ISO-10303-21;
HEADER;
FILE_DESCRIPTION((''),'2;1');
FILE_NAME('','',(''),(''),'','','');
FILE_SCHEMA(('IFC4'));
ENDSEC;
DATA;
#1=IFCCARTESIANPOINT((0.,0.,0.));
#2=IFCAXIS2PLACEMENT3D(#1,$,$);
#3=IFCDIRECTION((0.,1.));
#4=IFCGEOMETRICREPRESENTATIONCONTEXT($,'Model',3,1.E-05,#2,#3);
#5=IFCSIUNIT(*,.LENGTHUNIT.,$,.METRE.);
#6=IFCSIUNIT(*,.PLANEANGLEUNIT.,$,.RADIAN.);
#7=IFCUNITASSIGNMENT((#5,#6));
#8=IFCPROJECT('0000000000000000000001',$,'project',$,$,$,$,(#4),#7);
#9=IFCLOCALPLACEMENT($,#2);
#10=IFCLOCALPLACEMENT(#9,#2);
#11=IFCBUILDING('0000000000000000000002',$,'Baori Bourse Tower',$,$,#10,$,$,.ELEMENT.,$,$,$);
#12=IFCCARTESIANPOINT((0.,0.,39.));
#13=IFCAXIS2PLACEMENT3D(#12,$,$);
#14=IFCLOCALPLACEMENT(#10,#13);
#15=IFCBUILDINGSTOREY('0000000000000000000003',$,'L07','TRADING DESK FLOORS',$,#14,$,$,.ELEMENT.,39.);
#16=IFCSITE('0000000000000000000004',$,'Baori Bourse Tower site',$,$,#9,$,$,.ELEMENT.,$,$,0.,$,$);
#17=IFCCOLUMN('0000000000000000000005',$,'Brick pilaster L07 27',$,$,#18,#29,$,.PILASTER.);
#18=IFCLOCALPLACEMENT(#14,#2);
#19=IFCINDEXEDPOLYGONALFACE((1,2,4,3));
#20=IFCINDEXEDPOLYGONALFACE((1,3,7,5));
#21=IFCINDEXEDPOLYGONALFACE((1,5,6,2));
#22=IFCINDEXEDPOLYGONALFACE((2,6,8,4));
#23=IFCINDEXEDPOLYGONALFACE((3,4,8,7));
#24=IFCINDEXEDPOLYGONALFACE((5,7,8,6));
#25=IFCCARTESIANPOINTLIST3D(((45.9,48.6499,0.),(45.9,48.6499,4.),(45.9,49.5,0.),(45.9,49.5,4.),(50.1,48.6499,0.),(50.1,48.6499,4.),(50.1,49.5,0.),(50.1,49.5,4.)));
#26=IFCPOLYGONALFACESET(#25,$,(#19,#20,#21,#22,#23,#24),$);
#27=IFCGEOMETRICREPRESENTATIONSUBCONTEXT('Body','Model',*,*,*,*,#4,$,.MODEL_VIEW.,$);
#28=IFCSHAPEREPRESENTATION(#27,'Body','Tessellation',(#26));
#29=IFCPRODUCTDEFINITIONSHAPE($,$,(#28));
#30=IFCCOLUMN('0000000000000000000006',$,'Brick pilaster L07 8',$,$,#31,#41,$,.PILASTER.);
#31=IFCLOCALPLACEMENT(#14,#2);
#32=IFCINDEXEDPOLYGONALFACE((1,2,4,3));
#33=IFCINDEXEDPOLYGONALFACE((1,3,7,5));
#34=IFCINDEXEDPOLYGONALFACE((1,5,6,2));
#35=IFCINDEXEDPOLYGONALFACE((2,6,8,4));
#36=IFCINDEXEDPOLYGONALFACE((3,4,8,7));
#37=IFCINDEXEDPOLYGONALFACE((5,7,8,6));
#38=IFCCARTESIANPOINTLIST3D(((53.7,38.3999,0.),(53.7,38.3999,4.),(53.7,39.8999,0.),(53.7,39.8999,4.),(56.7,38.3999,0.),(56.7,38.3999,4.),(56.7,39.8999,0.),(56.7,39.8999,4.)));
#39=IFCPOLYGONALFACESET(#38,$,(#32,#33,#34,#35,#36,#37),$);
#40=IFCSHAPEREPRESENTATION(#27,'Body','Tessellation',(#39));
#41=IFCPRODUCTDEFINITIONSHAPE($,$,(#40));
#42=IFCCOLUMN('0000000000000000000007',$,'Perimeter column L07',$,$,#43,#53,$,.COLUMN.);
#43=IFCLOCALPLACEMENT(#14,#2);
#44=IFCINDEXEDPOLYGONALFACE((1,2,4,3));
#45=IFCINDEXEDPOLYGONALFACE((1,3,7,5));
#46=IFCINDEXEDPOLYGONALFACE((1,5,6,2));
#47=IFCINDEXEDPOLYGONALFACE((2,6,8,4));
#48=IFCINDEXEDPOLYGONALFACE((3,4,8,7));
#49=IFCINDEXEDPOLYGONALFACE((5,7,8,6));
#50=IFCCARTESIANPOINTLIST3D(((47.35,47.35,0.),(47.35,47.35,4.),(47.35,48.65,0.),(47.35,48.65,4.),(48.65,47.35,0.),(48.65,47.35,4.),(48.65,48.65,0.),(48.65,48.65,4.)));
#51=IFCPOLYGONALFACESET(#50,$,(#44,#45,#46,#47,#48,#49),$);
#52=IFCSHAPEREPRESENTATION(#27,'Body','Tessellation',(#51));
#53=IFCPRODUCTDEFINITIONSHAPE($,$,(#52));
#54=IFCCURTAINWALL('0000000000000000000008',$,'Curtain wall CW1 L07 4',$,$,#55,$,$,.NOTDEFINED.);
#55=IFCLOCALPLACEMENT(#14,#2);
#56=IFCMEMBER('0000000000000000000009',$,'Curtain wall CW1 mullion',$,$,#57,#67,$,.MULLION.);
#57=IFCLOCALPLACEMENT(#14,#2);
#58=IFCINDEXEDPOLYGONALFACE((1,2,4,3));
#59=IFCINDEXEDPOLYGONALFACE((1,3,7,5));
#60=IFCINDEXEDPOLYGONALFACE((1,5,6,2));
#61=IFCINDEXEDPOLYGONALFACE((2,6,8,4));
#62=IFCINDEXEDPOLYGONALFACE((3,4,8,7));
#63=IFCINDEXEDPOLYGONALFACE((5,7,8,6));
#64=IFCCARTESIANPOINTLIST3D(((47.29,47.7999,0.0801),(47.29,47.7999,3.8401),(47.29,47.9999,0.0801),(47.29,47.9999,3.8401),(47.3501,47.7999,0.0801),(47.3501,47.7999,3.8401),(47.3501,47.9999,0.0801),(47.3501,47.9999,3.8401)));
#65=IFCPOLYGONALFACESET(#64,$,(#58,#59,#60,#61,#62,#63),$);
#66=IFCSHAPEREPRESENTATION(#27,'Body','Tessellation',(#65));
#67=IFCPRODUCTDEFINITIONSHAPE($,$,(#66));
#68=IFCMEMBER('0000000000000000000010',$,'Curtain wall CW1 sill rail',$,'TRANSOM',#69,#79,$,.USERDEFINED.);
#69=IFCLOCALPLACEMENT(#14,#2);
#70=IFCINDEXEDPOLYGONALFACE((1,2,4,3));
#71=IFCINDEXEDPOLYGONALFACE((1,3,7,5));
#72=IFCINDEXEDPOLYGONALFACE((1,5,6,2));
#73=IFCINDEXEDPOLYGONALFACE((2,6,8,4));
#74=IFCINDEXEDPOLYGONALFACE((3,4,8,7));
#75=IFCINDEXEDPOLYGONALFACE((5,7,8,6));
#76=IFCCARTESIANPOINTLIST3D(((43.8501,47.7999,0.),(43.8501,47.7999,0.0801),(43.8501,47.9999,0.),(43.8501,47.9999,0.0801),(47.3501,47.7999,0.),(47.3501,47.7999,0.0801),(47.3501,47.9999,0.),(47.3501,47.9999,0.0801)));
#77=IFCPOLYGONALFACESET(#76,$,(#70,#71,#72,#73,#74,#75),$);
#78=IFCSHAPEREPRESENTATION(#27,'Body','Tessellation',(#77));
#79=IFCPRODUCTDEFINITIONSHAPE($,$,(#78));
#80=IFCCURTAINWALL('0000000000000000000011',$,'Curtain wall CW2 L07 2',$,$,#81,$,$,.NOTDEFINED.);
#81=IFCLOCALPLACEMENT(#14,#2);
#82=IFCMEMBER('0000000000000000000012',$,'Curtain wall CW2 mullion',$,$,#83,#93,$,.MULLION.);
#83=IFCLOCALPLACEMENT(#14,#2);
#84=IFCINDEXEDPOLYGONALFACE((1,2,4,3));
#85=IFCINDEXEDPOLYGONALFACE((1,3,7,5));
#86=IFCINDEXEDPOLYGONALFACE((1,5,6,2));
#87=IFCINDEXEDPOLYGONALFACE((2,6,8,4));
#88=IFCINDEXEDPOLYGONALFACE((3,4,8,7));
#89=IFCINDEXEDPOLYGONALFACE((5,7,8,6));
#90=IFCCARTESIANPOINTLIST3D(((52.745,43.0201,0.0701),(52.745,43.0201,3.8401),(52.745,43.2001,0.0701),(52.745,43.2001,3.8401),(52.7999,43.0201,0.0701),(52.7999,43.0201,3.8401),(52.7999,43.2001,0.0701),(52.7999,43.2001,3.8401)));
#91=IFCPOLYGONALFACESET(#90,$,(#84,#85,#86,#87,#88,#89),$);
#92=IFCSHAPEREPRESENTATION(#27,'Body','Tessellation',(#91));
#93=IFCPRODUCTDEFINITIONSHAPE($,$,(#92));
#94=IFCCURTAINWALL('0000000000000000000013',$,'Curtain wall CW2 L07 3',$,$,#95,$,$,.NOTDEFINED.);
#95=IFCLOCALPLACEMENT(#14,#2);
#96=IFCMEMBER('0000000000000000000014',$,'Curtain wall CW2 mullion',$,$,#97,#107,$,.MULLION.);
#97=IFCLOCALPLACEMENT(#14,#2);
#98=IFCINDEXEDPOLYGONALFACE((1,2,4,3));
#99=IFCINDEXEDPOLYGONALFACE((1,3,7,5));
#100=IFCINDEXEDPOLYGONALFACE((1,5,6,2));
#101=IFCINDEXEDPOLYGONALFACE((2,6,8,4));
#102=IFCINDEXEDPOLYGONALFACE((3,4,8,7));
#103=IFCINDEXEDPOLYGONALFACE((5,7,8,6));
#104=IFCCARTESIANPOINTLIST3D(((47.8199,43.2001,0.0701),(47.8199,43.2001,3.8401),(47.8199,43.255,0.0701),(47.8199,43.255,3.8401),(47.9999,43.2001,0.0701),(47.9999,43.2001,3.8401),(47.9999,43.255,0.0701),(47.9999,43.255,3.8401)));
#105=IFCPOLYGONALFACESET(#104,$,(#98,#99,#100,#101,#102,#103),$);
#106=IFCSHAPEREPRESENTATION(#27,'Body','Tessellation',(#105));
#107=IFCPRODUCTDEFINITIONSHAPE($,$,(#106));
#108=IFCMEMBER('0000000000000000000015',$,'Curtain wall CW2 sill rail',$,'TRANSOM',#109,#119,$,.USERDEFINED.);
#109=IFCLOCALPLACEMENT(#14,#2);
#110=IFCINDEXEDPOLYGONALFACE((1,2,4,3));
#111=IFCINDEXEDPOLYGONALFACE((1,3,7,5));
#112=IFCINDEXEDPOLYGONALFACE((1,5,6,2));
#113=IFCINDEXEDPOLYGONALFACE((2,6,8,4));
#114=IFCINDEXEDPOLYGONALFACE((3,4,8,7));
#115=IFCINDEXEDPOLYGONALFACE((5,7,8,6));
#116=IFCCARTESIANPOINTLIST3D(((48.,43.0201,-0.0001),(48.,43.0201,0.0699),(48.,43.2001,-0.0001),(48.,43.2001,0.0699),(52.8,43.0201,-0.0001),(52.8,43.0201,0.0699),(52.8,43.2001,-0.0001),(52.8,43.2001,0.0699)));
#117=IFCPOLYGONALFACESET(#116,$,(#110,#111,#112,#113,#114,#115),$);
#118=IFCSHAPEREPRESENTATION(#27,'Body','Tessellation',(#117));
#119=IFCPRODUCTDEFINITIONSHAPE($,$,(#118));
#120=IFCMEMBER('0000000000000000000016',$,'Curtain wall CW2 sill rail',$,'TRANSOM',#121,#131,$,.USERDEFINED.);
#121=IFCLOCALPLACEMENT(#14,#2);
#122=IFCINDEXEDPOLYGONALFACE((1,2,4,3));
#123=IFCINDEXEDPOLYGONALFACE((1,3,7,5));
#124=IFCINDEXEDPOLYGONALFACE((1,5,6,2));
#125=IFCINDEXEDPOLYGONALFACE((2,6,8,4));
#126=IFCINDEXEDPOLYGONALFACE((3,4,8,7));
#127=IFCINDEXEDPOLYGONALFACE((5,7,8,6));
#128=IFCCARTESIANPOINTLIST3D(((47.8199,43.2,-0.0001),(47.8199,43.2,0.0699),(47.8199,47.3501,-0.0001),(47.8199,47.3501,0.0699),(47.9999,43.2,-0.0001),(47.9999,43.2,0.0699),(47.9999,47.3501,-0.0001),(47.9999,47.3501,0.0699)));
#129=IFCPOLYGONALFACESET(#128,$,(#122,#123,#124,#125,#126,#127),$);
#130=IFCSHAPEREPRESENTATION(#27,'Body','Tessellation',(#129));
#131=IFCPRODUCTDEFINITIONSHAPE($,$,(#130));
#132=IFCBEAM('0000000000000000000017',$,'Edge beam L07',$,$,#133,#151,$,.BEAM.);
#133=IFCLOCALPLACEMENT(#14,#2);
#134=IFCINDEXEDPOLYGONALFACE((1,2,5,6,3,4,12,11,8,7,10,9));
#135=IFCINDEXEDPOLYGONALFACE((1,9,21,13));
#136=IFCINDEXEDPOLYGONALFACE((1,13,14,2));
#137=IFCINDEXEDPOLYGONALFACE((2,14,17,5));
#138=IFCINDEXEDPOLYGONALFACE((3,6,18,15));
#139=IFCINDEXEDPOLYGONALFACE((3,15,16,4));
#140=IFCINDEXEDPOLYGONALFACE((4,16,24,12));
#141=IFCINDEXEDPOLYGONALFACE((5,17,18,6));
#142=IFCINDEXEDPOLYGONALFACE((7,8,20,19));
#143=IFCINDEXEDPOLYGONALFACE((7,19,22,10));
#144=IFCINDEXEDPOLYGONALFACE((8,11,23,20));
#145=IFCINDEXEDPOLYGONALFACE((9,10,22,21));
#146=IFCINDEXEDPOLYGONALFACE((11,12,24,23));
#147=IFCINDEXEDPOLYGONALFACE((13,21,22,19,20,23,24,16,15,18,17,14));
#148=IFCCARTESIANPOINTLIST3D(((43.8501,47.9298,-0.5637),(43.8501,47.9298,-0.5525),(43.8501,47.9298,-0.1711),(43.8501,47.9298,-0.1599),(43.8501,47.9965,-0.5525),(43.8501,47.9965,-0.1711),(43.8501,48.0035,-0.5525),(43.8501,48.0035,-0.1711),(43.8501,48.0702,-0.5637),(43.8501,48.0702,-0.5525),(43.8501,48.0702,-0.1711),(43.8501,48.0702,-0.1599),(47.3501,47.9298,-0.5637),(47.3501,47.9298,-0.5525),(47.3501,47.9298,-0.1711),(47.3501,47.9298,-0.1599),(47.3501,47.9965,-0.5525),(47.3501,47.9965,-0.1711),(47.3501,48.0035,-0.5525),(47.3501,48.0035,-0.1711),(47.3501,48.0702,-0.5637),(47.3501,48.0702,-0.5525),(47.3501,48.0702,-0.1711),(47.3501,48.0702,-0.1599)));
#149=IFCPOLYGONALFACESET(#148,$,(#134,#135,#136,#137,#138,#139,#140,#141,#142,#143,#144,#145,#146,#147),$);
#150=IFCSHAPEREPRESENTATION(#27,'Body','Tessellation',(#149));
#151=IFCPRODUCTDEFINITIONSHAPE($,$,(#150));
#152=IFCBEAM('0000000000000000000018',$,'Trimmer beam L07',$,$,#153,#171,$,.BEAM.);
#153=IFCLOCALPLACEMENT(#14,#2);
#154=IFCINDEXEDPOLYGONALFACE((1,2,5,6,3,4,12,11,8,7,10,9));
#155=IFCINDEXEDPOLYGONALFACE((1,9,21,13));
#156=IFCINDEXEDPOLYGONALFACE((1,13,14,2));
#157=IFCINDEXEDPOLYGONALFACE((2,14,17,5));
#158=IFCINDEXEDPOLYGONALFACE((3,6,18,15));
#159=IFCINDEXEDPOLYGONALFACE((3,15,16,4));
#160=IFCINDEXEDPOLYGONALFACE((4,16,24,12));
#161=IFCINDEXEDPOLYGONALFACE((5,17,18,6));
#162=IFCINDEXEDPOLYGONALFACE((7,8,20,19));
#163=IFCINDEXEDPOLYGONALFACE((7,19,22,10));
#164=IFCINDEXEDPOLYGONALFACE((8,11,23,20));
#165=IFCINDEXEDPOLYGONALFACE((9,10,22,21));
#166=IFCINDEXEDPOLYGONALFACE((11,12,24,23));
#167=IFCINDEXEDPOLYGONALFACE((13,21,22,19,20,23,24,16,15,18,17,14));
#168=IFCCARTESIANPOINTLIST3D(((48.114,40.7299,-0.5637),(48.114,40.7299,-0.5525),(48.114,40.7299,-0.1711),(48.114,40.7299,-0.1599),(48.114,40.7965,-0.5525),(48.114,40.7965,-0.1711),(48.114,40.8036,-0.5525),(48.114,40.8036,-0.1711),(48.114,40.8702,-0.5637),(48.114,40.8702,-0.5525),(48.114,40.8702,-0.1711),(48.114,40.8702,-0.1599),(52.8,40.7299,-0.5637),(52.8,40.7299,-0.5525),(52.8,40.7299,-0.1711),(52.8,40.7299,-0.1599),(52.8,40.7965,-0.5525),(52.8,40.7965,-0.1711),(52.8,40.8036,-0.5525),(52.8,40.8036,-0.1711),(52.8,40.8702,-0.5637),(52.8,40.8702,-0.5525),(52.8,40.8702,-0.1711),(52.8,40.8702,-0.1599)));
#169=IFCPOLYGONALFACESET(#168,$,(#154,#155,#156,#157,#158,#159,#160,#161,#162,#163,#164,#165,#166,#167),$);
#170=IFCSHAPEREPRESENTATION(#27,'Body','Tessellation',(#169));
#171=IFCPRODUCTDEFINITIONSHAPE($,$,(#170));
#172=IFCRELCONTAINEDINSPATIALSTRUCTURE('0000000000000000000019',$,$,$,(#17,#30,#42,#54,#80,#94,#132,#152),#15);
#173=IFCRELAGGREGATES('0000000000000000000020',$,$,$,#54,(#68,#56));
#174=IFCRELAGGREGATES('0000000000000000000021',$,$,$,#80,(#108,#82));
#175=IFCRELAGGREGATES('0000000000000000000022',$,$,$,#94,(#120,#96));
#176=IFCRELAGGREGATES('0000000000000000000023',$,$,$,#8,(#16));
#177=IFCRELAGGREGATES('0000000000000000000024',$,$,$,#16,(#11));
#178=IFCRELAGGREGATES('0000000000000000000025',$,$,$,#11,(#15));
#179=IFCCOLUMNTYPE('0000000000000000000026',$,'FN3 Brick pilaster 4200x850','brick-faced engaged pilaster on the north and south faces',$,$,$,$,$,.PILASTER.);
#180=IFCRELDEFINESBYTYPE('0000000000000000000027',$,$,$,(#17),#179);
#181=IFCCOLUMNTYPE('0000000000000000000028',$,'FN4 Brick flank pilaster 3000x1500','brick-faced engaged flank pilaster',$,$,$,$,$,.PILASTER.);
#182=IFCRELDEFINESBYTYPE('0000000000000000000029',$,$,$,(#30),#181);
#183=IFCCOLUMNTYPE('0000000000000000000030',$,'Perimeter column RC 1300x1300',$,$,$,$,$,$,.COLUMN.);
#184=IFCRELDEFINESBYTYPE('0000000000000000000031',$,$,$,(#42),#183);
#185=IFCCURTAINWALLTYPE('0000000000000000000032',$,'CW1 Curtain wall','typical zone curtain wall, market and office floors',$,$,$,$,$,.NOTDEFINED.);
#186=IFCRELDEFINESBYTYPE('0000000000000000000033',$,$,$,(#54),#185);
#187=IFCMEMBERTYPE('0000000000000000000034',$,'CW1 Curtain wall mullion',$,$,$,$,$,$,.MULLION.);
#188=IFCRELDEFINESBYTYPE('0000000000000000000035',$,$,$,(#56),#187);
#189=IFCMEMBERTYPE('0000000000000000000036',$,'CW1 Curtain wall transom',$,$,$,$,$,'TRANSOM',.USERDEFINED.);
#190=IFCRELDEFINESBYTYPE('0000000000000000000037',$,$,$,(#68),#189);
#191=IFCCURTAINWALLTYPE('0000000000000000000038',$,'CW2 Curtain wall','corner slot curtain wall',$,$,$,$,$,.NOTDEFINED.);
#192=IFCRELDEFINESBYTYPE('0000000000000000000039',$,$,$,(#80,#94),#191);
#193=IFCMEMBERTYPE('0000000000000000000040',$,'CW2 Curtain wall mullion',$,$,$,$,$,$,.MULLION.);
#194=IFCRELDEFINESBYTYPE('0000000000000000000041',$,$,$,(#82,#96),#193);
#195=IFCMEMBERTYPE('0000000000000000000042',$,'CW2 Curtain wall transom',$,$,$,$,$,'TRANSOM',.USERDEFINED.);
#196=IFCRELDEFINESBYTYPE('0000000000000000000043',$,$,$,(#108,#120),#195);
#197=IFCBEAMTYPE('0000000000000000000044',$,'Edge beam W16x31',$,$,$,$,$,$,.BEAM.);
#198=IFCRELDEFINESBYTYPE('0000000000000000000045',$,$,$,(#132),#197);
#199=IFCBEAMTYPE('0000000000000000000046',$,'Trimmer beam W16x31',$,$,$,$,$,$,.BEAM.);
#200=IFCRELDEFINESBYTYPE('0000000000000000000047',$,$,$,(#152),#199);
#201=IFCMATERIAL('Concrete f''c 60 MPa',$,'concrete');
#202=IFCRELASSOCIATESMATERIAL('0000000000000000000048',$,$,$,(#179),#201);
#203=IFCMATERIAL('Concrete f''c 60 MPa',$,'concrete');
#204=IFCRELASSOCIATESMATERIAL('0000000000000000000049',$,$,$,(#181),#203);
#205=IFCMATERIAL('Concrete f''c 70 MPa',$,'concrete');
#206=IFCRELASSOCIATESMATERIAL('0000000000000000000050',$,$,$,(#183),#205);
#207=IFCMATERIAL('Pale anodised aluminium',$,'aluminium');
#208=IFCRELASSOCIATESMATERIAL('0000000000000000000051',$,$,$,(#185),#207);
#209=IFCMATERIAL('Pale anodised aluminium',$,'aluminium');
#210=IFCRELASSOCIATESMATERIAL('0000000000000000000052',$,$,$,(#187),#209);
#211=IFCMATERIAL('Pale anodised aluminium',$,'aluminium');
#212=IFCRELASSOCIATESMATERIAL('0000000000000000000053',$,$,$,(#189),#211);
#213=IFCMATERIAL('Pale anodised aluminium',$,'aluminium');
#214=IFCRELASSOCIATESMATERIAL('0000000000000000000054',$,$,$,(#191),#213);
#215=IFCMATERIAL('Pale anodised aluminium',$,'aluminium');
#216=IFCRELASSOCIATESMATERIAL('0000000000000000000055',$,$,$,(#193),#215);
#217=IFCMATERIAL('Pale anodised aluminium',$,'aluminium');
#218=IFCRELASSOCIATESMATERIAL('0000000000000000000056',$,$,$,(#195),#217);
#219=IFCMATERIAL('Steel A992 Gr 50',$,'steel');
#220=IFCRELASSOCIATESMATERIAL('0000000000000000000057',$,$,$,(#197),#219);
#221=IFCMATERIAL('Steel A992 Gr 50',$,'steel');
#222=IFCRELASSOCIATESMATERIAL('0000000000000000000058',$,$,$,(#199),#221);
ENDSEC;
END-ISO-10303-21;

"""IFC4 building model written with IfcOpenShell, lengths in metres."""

from ifc_helpers import new_model, si_unit, direction, frame, origin, origin_2d, place, context, subcontext, project, spatial, rectangle, i_section, extrude, material, material_profile, profile_set, type_object, element, aggregate, save


model = new_model("IFC4")

# Units and contexts
model_context = context("Model", 3, precision=1e-05, world=origin(), true_north=direction((0.0, 1.0)))
body_context = subcontext(model_context, "Body", "Model", "MODEL_VIEW")
ifc_project = project(units=[si_unit("LENGTHUNIT", "METRE"), si_unit("PLANEANGLEUNIT", "RADIAN")], contexts=[model_context])

# Site, building, storey
site_placement = place(None, origin())
site = spatial("IfcSite", under=ifc_project, at=site_placement, Name="Baori Bourse Tower site", CompositionType="ELEMENT", RefElevation=0.0)
building_placement = place(site_placement, origin())
building = spatial("IfcBuilding", under=site, at=building_placement, Name="Baori Bourse Tower", CompositionType="ELEMENT")
storey_placement = place(building_placement, frame((0.0, 0.0, 39.0)))
storey = spatial("IfcBuildingStorey", under=building, at=storey_placement, Name="L07", Description="TRADING DESK FLOORS", CompositionType="ELEMENT", Elevation=39.0)

# Columns
ifc_material_1 = material(Name="Concrete f'c 60 MPa", Category="concrete")
ifc_material_profile_1 = material_profile(ifc_material_1, rectangle(XDim=4.2, YDim=0.8501, at=origin_2d()), Name="RC 4200x850")
ifc_profile_set_1 = profile_set([ifc_material_profile_1], Name="Concrete f'c 60 MPa")
column_type_1 = type_object("IfcColumnType", Name="FN3 Brick pilaster 4200x850", Description="brick-faced engaged pilaster on the north and south faces", PredefinedType="PILASTER", material=ifc_profile_set_1)
column_1_placement = place(storey_placement, frame((48.0, 49.075, 0.0), z_axis=(0.0, 0.0, 1.0), x_axis=(1.0, 0.0, 0.0)))
element("IfcColumn", 1, at=column_1_placement, inside=storey, type_object=column_type_1, Name="Brick pilaster L07 27", PredefinedType="PILASTER", context=body_context, shape_type="SweptSolid", body=[
    extrude(rectangle(XDim=4.2, YDim=0.8501, at=origin_2d()), origin(), (0.0, 0.0, 1.0), 4.0),
])
ifc_material_2 = material(Name="Concrete f'c 60 MPa", Category="concrete")
ifc_material_profile_2 = material_profile(ifc_material_2, rectangle(XDim=3.0, YDim=1.5, at=origin_2d()), Name="RC 3000x1500")
ifc_profile_set_2 = profile_set([ifc_material_profile_2], Name="Concrete f'c 60 MPa")
column_type_2 = type_object("IfcColumnType", Name="FN4 Brick flank pilaster 3000x1500", Description="brick-faced engaged flank pilaster", PredefinedType="PILASTER", material=ifc_profile_set_2)
column_2_placement = place(storey_placement, frame((55.2, 39.1499, 0.0), z_axis=(0.0, 0.0, 1.0), x_axis=(1.0, 0.0, 0.0)))
element("IfcColumn", 2, at=column_2_placement, inside=storey, type_object=column_type_2, Name="Brick pilaster L07 8", PredefinedType="PILASTER", context=body_context, shape_type="SweptSolid", body=[
    extrude(rectangle(XDim=3.0, YDim=1.5, at=origin_2d()), origin(), (0.0, 0.0, 1.0), 4.0),
])
ifc_material_3 = material(Name="Concrete f'c 70 MPa", Category="concrete")
ifc_material_profile_3 = material_profile(ifc_material_3, rectangle(XDim=1.3, YDim=1.3, at=origin_2d()), Name="RC 1300x1300")
ifc_profile_set_3 = profile_set([ifc_material_profile_3], Name="Concrete f'c 70 MPa")
column_type_3 = type_object("IfcColumnType", Name="Perimeter column RC 1300x1300", PredefinedType="COLUMN", material=ifc_profile_set_3)
column_3_placement = place(storey_placement, frame((48.0, 48.0, 0.0), z_axis=(0.0, 0.0, 1.0), x_axis=(1.0, 0.0, 0.0)))
element("IfcColumn", 3, at=column_3_placement, inside=storey, type_object=column_type_3, Name="Perimeter column L07", PredefinedType="COLUMN", context=body_context, shape_type="SweptSolid", body=[
    extrude(rectangle(XDim=1.3, YDim=1.3, at=origin_2d()), origin(), (0.0, 0.0, 1.0), 4.0),
])

# Curtain wall, members
ifc_material_4 = material(Name="Pale anodised aluminium", Category="aluminium")
curtain_wall_type_1 = type_object("IfcCurtainWallType", Name="CW1 Curtain wall", Description="typical zone curtain wall, market and office floors", PredefinedType="NOTDEFINED", material=ifc_material_4)
curtain_wall_1_placement = place(storey_placement, origin())
curtain_wall_1 = element("IfcCurtainWall", 4, at=curtain_wall_1_placement, inside=storey, type_object=curtain_wall_type_1, Name="Curtain wall CW1 L07 4", PredefinedType="NOTDEFINED")
ifc_material_5 = material(Name="Pale anodised aluminium", Category="aluminium")
ifc_material_profile_4 = material_profile(ifc_material_5, rectangle(XDim=0.2, YDim=0.0601, at=origin_2d()), Name="Mullion 60x200")
ifc_profile_set_4 = profile_set([ifc_material_profile_4], Name="Pale anodised aluminium")
member_type_1 = type_object("IfcMemberType", Name="CW1 Curtain wall mullion", PredefinedType="MULLION", material=ifc_profile_set_4)
member_1_placement = place(storey_placement, frame((47.3201, 47.8999, 0.0801), z_axis=(0.0, 0.0, 1.0), x_axis=(0.0, -1.0, 0.0)))
member_1 = element("IfcMember", 5, at=member_1_placement, type_object=member_type_1, Name="Curtain wall CW1 mullion", PredefinedType="MULLION", context=body_context, shape_type="SweptSolid", body=[
    extrude(rectangle(XDim=0.2, YDim=0.0601, at=origin_2d()), origin(), (0.0, 0.0, 1.0), 3.76),
])
ifc_material_6 = material(Name="Pale anodised aluminium", Category="aluminium")
ifc_material_profile_5 = material_profile(ifc_material_6, rectangle(XDim=0.2, YDim=0.0801, at=origin_2d()), Name="Transom 80x200")
ifc_profile_set_5 = profile_set([ifc_material_profile_5], Name="Pale anodised aluminium")
member_type_2 = type_object("IfcMemberType", Name="CW1 Curtain wall transom", ElementType="TRANSOM", PredefinedType="USERDEFINED", material=ifc_profile_set_5)
member_2_placement = place(storey_placement, frame((47.3501, 47.8999, 0.04), z_axis=(-1.0, 0.0, 0.0), x_axis=(0.0, -1.0, 0.0)))
member_2 = element("IfcMember", 6, at=member_2_placement, type_object=member_type_2, Name="Curtain wall CW1 sill rail", ObjectType="TRANSOM", PredefinedType="USERDEFINED", context=body_context, shape_type="SweptSolid", body=[
    extrude(rectangle(XDim=0.2, YDim=0.0801, at=origin_2d()), origin(), (0.0, 0.0, 1.0), 3.5),
])

# Curtain walls, members
ifc_material_7 = material(Name="Pale anodised aluminium", Category="aluminium")
curtain_wall_type_2 = type_object("IfcCurtainWallType", Name="CW2 Curtain wall", Description="corner slot curtain wall", PredefinedType="NOTDEFINED", material=ifc_material_7)
curtain_wall_2_placement = place(storey_placement, origin())
curtain_wall_2 = element("IfcCurtainWall", 7, at=curtain_wall_2_placement, inside=storey, type_object=curtain_wall_type_2, Name="Curtain wall CW2 L07 2", PredefinedType="NOTDEFINED")
ifc_material_8 = material(Name="Pale anodised aluminium", Category="aluminium")
ifc_material_profile_6 = material_profile(ifc_material_8, rectangle(XDim=0.1799, YDim=0.0549, at=origin_2d()), Name="Mullion 55x180")
ifc_profile_set_6 = profile_set([ifc_material_profile_6], Name="Pale anodised aluminium")
member_type_3 = type_object("IfcMemberType", Name="CW2 Curtain wall mullion", PredefinedType="MULLION", material=ifc_profile_set_6)
member_3_placement = place(storey_placement, frame((52.7725, 43.1101, 0.0701), z_axis=(0.0, 0.0, 1.0), x_axis=(0.0, -1.0, 0.0)))
member_3 = element("IfcMember", 8, at=member_3_placement, type_object=member_type_3, Name="Curtain wall CW2 mullion", PredefinedType="MULLION", context=body_context, shape_type="SweptSolid", body=[
    extrude(rectangle(XDim=0.1799, YDim=0.0549, at=origin_2d()), origin(), (0.0, 0.0, 1.0), 3.77),
])
curtain_wall_3_placement = place(storey_placement, origin())
curtain_wall_3 = element("IfcCurtainWall", 9, at=curtain_wall_3_placement, inside=storey, type_object=curtain_wall_type_2, Name="Curtain wall CW2 L07 3", PredefinedType="NOTDEFINED")
member_4_placement = place(storey_placement, frame((47.9099, 43.2275, 0.0701), z_axis=(0.0, 0.0, 1.0), x_axis=(-1.0, 0.0, 0.0)))
member_4 = element("IfcMember", 10, at=member_4_placement, type_object=member_type_3, Name="Curtain wall CW2 mullion", PredefinedType="MULLION", context=body_context, shape_type="SweptSolid", body=[
    extrude(rectangle(XDim=0.1799, YDim=0.0549, at=origin_2d()), origin(), (0.0, 0.0, 1.0), 3.77),
])

# Members
ifc_material_9 = material(Name="Pale anodised aluminium", Category="aluminium")
ifc_material_profile_7 = material_profile(ifc_material_9, rectangle(XDim=0.1799, YDim=0.0701, at=origin_2d()), Name="Transom 70x180")
ifc_profile_set_7 = profile_set([ifc_material_profile_7], Name="Pale anodised aluminium")
member_type_4 = type_object("IfcMemberType", Name="CW2 Curtain wall transom", ElementType="TRANSOM", PredefinedType="USERDEFINED", material=ifc_profile_set_7)
member_5_placement = place(storey_placement, frame((52.8, 43.1101, 0.0349), z_axis=(-1.0, 0.0, 0.0), x_axis=(0.0, -1.0, 0.0)))
member_5 = element("IfcMember", 11, at=member_5_placement, type_object=member_type_4, Name="Curtain wall CW2 sill rail", ObjectType="TRANSOM", PredefinedType="USERDEFINED", context=body_context, shape_type="SweptSolid", body=[
    extrude(rectangle(XDim=0.1799, YDim=0.0701, at=origin_2d()), origin(), (0.0, 0.0, 1.0), 4.8),
])
member_6_placement = place(storey_placement, frame((47.9099, 43.2, 0.0349), z_axis=(0.0, 1.0, 0.0), x_axis=(-1.0, 0.0, 0.0)))
member_6 = element("IfcMember", 12, at=member_6_placement, type_object=member_type_4, Name="Curtain wall CW2 sill rail", ObjectType="TRANSOM", PredefinedType="USERDEFINED", context=body_context, shape_type="SweptSolid", body=[
    extrude(rectangle(XDim=0.1799, YDim=0.0701, at=origin_2d()), origin(), (0.0, 0.0, 1.0), 4.1501),
])

# Beams
ifc_material_10 = material(Name="Steel A992 Gr 50", Category="steel")
ifc_material_profile_8 = material_profile(ifc_material_10, i_section(OverallWidth=0.1404, OverallDepth=0.4038, WebThickness=0.0071, FlangeThickness=0.0112, at=origin_2d()), Name="W16x31")
ifc_profile_set_8 = profile_set([ifc_material_profile_8], Name="Steel A992 Gr 50")
beam_type_1 = type_object("IfcBeamType", Name="Edge beam W16x31", PredefinedType="BEAM", material=ifc_profile_set_8)
beam_1_placement = place(storey_placement, frame((43.8501, 48.0, -0.3618), z_axis=(1.0, 0.0, 0.0), x_axis=(0.0, 1.0, 0.0)))
element("IfcBeam", 13, at=beam_1_placement, inside=storey, type_object=beam_type_1, Name="Edge beam L07", PredefinedType="BEAM", context=body_context, shape_type="SweptSolid", body=[
    extrude(i_section(OverallWidth=0.1404, OverallDepth=0.4038, WebThickness=0.0071, FlangeThickness=0.0112, at=origin_2d()), origin(), (0.0, 0.0, 1.0), 3.5),
])
ifc_material_11 = material(Name="Steel A992 Gr 50", Category="steel")
ifc_material_profile_9 = material_profile(ifc_material_11, i_section(OverallWidth=0.1404, OverallDepth=0.4038, WebThickness=0.0071, FlangeThickness=0.0112, at=origin_2d()), Name="W16x31")
ifc_profile_set_9 = profile_set([ifc_material_profile_9], Name="Steel A992 Gr 50")
beam_type_2 = type_object("IfcBeamType", Name="Trimmer beam W16x31", PredefinedType="BEAM", material=ifc_profile_set_9)
beam_2_placement = place(storey_placement, frame((48.114, 40.8, -0.3618), z_axis=(1.0, 0.0, 0.0), x_axis=(0.0, 1.0, 0.0)))
element("IfcBeam", 14, at=beam_2_placement, inside=storey, type_object=beam_type_2, Name="Trimmer beam L07", PredefinedType="BEAM", context=body_context, shape_type="SweptSolid", body=[
    extrude(i_section(OverallWidth=0.1404, OverallDepth=0.4038, WebThickness=0.0071, FlangeThickness=0.0112, at=origin_2d()), origin(), (0.0, 0.0, 1.0), 4.686),
])

aggregate(curtain_wall_1, [member_2, member_1])

aggregate(curtain_wall_2, [member_5, member_3])
aggregate(curtain_wall_3, [member_6, member_4])

save(model, "model.ifc")
